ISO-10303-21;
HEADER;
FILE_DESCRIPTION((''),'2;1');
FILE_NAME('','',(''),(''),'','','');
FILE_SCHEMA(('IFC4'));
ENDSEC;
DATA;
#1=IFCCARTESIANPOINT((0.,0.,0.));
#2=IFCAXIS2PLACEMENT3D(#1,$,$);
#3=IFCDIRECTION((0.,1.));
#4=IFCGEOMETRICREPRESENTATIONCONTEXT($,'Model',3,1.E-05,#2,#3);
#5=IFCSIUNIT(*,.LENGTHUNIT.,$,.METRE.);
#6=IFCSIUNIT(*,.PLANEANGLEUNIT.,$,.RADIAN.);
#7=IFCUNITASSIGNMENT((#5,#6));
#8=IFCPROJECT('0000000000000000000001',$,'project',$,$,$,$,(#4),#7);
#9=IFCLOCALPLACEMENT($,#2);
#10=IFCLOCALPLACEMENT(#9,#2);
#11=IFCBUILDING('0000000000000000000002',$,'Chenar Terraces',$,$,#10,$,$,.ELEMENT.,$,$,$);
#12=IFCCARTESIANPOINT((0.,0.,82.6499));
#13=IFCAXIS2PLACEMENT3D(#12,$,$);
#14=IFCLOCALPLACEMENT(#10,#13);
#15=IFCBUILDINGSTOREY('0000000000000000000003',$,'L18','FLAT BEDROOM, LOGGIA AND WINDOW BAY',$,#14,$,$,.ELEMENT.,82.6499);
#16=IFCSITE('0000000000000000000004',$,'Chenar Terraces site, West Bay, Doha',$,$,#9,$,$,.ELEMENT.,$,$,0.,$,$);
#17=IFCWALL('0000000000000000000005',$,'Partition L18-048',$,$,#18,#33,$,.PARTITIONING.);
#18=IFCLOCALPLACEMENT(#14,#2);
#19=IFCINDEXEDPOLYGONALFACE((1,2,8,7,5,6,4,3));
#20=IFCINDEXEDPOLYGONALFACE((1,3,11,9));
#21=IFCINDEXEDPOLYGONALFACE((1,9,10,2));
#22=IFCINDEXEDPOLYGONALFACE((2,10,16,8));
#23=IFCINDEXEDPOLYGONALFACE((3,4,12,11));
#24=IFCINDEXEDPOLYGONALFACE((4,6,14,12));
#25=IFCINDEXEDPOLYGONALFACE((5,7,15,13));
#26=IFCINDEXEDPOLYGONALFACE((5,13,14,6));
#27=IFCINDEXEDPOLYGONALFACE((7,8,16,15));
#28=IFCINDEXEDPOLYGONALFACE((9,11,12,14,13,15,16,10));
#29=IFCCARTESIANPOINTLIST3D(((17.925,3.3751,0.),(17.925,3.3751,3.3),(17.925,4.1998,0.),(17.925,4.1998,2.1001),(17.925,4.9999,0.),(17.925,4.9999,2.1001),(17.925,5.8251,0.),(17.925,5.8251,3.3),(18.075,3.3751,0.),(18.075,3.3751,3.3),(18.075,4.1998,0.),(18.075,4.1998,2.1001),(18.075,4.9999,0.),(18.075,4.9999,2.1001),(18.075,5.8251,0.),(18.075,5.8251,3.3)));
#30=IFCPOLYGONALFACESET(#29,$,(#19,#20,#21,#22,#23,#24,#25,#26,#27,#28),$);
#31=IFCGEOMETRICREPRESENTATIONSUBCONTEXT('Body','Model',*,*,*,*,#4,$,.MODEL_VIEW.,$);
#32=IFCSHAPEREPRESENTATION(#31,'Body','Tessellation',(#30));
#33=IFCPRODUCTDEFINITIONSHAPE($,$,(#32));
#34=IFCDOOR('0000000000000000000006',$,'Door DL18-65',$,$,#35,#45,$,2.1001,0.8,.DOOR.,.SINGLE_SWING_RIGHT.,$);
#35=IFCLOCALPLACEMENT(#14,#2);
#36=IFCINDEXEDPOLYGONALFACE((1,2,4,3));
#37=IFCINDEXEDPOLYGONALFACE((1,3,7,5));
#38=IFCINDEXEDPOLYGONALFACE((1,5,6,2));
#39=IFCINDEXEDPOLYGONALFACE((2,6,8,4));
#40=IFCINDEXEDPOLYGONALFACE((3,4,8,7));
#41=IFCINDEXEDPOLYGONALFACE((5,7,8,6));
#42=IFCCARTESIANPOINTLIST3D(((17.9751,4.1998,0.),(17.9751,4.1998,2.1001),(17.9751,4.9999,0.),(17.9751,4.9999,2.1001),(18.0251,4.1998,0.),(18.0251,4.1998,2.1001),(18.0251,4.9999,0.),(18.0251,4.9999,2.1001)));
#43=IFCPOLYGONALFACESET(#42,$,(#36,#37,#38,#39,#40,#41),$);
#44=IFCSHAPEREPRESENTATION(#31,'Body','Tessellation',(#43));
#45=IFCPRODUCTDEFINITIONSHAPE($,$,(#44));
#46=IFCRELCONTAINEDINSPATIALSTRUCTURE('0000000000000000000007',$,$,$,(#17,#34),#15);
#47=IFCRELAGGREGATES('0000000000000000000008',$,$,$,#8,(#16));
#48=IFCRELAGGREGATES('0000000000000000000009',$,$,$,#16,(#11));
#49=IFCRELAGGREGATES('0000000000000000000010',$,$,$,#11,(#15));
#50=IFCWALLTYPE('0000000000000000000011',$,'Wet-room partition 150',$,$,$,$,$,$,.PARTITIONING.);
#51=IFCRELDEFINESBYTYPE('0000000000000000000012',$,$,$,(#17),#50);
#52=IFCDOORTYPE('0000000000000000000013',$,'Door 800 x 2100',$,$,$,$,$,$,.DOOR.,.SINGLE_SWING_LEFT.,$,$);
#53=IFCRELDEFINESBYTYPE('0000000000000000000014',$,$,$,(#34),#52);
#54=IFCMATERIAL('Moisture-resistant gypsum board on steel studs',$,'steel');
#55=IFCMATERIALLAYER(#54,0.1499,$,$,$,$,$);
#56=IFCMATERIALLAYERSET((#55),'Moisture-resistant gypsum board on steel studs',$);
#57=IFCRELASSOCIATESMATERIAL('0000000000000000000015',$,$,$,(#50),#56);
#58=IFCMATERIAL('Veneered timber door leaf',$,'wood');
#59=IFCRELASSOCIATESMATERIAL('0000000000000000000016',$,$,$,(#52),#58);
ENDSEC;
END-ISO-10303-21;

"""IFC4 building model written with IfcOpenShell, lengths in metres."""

from ifc_helpers import new_model, si_unit, direction, frame, frame_2d, origin, place, context, subcontext, project, spatial, rectangle, extrude, material, layer, layer_set, type_object, element, fill, save


model = new_model("IFC4")

# Units and contexts
model_context = context("Model", 3, precision=1e-05, world=origin(), true_north=direction((0.0, 1.0)))
body_context = subcontext(model_context, "Body", "Model", "MODEL_VIEW")
ifc_project = project(units=[si_unit("LENGTHUNIT", "METRE"), si_unit("PLANEANGLEUNIT", "RADIAN")], contexts=[model_context])

# Site, building, storey
site_placement = place(None, origin())
site = spatial("IfcSite", under=ifc_project, at=site_placement, Name="Chenar Terraces site, West Bay, Doha", CompositionType="ELEMENT", RefElevation=0.0)
building_placement = place(site_placement, origin())
building = spatial("IfcBuilding", under=site, at=building_placement, Name="Chenar Terraces", CompositionType="ELEMENT")
storey_placement = place(building_placement, frame((0.0, 0.0, 82.6499)))
storey = spatial("IfcBuildingStorey", under=building, at=storey_placement, Name="L18", Description="FLAT BEDROOM, LOGGIA AND WINDOW BAY", CompositionType="ELEMENT", Elevation=82.6499)

# Shared definitions
ifc_material_1 = material(Name="Moisture-resistant gypsum board on steel studs", Category="steel")
ifc_layer_1 = layer(ifc_material_1, 0.1499)
ifc_layer_set_1 = layer_set([ifc_layer_1], Name="Moisture-resistant gypsum board on steel studs")
wall_type_1 = type_object("IfcWallType", Name="Wet-room partition 150", PredefinedType="PARTITIONING", material=ifc_layer_set_1)

# Wall, opening, door
wall_1_placement = place(storey_placement, frame((18.0, 3.375, 0.0), z_axis=(0.0, 0.0, 1.0), x_axis=(0.0, 1.0, 0.0)))
wall_1 = element("IfcWall", 1, at=wall_1_placement, inside=storey, type_object=wall_type_1, Name="Partition L18-048", PredefinedType="PARTITIONING", context=body_context, shape_type="SweptSolid", body=[
    extrude(rectangle(XDim=2.45, YDim=0.1499, at=frame_2d((1.2251, 0.0))), origin(), (0.0, 0.0, 1.0), 3.3),
])
opening_1_placement = place(wall_1_placement, frame((0.825, 0.0, 0.0)))
opening_1 = element("IfcOpeningElement", 2, at=opening_1_placement, cuts=wall_1, PredefinedType="OPENING", context=body_context, shape_type="SweptSolid", body=[
    extrude(rectangle(XDim=0.8, YDim=2.1001, at=frame_2d((0.3999, 1.05))), frame((0.0, 0.085, 0.0), z_axis=(0.0, -1.0, 0.0), x_axis=(1.0, 0.0, 0.0)), (0.0, 0.0, 1.0), 0.1699),
])
ifc_material_2 = material(Name="Veneered timber door leaf", Category="wood")
door_type_1 = type_object("IfcDoorType", Name="Door 800 x 2100", OperationType="SINGLE_SWING_LEFT", PredefinedType="DOOR", material=ifc_material_2)
door_1_placement = place(opening_1_placement, origin())
door_1 = element("IfcDoor", 3, at=door_1_placement, inside=storey, type_object=door_type_1, Name="Door DL18-65", OperationType="SINGLE_SWING_RIGHT", OverallHeight=2.1001, OverallWidth=0.8, PredefinedType="DOOR", context=body_context, shape_type="SweptSolid", body=[
    extrude(rectangle(XDim=0.8, YDim=2.1001, at=frame_2d((0.3999, 1.05))), frame((0.0, 0.0249, 0.0), z_axis=(0.0, -1.0, 0.0), x_axis=(1.0, 0.0, 0.0)), (0.0, 0.0, 1.0), 0.05),
])
fill(opening_1, door_1)

save(model, "model.ifc")
